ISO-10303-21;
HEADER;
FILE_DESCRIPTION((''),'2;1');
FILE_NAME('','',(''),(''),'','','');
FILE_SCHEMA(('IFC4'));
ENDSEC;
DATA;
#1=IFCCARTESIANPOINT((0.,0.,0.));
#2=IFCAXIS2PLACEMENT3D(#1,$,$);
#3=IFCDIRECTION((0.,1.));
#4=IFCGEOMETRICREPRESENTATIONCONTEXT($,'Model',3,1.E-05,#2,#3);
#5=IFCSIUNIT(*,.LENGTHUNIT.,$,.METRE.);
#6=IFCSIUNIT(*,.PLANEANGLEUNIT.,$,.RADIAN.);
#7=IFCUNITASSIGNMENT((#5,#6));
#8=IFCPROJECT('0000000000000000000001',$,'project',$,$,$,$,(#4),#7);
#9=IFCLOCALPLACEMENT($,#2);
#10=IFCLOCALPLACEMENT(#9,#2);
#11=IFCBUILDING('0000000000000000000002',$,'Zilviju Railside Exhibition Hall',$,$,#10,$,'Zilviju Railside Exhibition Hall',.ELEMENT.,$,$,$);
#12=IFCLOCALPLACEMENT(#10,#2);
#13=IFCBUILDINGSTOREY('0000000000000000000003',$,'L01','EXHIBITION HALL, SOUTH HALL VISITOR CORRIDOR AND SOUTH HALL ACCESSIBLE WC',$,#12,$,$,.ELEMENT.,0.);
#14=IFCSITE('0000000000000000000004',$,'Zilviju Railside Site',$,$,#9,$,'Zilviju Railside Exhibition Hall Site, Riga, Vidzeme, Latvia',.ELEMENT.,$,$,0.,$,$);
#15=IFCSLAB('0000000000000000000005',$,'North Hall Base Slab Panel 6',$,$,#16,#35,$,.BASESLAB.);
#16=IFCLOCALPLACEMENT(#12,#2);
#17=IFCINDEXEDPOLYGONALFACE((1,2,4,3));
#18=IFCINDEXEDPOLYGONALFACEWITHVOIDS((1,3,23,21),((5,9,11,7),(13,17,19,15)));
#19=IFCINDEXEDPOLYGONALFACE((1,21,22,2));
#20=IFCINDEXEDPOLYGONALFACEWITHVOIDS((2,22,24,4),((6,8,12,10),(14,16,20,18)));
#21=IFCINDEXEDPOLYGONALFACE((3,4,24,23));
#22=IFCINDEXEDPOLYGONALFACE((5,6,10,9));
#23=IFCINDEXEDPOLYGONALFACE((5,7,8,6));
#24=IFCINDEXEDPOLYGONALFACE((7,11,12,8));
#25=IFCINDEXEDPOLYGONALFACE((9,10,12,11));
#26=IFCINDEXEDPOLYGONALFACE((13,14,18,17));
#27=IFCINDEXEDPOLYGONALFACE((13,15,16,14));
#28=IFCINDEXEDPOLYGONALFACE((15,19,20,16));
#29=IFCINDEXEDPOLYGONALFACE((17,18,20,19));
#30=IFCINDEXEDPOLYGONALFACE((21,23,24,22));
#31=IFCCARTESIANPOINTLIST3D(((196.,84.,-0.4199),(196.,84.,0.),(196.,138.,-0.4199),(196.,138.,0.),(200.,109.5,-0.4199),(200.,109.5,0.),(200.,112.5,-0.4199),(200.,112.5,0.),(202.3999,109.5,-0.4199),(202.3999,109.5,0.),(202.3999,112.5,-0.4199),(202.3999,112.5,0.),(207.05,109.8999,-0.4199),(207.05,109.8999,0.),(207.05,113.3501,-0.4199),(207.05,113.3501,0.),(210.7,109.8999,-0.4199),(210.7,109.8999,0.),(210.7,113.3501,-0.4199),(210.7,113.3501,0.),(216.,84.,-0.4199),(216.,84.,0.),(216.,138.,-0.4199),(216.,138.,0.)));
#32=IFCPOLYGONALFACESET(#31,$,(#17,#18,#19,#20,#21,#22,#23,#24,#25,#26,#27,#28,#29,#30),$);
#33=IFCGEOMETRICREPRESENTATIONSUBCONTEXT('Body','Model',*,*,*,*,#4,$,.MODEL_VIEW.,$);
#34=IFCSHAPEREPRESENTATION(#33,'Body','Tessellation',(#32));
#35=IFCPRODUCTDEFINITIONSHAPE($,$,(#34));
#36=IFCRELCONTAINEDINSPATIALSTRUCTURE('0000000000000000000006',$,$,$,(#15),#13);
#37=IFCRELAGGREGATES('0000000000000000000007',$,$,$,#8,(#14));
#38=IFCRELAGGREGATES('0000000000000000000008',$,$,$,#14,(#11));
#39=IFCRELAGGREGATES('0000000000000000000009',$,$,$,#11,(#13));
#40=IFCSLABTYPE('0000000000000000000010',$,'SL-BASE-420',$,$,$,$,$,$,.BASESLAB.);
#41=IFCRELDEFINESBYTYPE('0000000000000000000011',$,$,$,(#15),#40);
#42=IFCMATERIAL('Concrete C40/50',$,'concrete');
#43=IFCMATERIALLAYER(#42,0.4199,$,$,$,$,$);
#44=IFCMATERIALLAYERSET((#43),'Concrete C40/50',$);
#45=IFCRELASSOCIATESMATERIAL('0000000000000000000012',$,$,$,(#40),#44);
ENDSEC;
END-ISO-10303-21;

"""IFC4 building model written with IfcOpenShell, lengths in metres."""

from ifc_helpers import new_model, si_unit, direction, frame, origin, place, context, subcontext, project, spatial, polyline, outline, extrude, material, layer, layer_set, type_object, element, save


model = new_model("IFC4")

# Units and contexts
model_context = context("Model", 3, precision=1e-05, world=origin(), true_north=direction((0.0, 1.0)))
body_context = subcontext(model_context, "Body", "Model", "MODEL_VIEW")
ifc_project = project(units=[si_unit("LENGTHUNIT", "METRE"), si_unit("PLANEANGLEUNIT", "RADIAN")], contexts=[model_context])

# Site, building, storey
site_placement = place(None, origin())
site = spatial("IfcSite", under=ifc_project, at=site_placement, Name="Zilviju Railside Site", LongName="Zilviju Railside Exhibition Hall Site, Riga, Vidzeme, Latvia", CompositionType="ELEMENT", RefElevation=0.0)
building_placement = place(site_placement, origin())
building = spatial("IfcBuilding", under=site, at=building_placement, Name="Zilviju Railside Exhibition Hall", LongName="Zilviju Railside Exhibition Hall", CompositionType="ELEMENT")
storey_placement = place(building_placement, origin())
storey = spatial("IfcBuildingStorey", under=building, at=storey_placement, Name="L01", Description="EXHIBITION HALL, SOUTH HALL VISITOR CORRIDOR AND SOUTH HALL ACCESSIBLE WC", CompositionType="ELEMENT", Elevation=0.0)

# Slab
ifc_material_1 = material(Name="Concrete C40/50", Category="concrete")
ifc_layer_1 = layer(ifc_material_1, 0.4199)
ifc_layer_set_1 = layer_set([ifc_layer_1], Name="Concrete C40/50")
slab_type_1 = type_object("IfcSlabType", Name="SL-BASE-420", PredefinedType="BASESLAB", material=ifc_layer_set_1)
slab_1_placement = place(storey_placement, frame((0.0, 0.0, -0.4199)))
element("IfcSlab", 1, at=slab_1_placement, inside=storey, type_object=slab_type_1, Name="North Hall Base Slab Panel 6", PredefinedType="BASESLAB", context=body_context, shape_type="SweptSolid", body=[
    extrude(outline(polyline([(196.0, 84.0), (216.0, 84.0), (216.0, 138.0), (196.0, 138.0), (196.0, 84.0)]), holes=[polyline([(200.0, 109.5), (202.3999, 109.5), (202.3999, 112.5), (200.0, 112.5), (200.0, 109.5)]), polyline([(207.05, 109.8999), (210.7, 109.8999), (210.7, 113.3501), (207.05, 113.3501), (207.05, 109.8999)])]), origin(), (0.0, 0.0, 1.0), 0.4199),
])

save(model, "model.ifc")
